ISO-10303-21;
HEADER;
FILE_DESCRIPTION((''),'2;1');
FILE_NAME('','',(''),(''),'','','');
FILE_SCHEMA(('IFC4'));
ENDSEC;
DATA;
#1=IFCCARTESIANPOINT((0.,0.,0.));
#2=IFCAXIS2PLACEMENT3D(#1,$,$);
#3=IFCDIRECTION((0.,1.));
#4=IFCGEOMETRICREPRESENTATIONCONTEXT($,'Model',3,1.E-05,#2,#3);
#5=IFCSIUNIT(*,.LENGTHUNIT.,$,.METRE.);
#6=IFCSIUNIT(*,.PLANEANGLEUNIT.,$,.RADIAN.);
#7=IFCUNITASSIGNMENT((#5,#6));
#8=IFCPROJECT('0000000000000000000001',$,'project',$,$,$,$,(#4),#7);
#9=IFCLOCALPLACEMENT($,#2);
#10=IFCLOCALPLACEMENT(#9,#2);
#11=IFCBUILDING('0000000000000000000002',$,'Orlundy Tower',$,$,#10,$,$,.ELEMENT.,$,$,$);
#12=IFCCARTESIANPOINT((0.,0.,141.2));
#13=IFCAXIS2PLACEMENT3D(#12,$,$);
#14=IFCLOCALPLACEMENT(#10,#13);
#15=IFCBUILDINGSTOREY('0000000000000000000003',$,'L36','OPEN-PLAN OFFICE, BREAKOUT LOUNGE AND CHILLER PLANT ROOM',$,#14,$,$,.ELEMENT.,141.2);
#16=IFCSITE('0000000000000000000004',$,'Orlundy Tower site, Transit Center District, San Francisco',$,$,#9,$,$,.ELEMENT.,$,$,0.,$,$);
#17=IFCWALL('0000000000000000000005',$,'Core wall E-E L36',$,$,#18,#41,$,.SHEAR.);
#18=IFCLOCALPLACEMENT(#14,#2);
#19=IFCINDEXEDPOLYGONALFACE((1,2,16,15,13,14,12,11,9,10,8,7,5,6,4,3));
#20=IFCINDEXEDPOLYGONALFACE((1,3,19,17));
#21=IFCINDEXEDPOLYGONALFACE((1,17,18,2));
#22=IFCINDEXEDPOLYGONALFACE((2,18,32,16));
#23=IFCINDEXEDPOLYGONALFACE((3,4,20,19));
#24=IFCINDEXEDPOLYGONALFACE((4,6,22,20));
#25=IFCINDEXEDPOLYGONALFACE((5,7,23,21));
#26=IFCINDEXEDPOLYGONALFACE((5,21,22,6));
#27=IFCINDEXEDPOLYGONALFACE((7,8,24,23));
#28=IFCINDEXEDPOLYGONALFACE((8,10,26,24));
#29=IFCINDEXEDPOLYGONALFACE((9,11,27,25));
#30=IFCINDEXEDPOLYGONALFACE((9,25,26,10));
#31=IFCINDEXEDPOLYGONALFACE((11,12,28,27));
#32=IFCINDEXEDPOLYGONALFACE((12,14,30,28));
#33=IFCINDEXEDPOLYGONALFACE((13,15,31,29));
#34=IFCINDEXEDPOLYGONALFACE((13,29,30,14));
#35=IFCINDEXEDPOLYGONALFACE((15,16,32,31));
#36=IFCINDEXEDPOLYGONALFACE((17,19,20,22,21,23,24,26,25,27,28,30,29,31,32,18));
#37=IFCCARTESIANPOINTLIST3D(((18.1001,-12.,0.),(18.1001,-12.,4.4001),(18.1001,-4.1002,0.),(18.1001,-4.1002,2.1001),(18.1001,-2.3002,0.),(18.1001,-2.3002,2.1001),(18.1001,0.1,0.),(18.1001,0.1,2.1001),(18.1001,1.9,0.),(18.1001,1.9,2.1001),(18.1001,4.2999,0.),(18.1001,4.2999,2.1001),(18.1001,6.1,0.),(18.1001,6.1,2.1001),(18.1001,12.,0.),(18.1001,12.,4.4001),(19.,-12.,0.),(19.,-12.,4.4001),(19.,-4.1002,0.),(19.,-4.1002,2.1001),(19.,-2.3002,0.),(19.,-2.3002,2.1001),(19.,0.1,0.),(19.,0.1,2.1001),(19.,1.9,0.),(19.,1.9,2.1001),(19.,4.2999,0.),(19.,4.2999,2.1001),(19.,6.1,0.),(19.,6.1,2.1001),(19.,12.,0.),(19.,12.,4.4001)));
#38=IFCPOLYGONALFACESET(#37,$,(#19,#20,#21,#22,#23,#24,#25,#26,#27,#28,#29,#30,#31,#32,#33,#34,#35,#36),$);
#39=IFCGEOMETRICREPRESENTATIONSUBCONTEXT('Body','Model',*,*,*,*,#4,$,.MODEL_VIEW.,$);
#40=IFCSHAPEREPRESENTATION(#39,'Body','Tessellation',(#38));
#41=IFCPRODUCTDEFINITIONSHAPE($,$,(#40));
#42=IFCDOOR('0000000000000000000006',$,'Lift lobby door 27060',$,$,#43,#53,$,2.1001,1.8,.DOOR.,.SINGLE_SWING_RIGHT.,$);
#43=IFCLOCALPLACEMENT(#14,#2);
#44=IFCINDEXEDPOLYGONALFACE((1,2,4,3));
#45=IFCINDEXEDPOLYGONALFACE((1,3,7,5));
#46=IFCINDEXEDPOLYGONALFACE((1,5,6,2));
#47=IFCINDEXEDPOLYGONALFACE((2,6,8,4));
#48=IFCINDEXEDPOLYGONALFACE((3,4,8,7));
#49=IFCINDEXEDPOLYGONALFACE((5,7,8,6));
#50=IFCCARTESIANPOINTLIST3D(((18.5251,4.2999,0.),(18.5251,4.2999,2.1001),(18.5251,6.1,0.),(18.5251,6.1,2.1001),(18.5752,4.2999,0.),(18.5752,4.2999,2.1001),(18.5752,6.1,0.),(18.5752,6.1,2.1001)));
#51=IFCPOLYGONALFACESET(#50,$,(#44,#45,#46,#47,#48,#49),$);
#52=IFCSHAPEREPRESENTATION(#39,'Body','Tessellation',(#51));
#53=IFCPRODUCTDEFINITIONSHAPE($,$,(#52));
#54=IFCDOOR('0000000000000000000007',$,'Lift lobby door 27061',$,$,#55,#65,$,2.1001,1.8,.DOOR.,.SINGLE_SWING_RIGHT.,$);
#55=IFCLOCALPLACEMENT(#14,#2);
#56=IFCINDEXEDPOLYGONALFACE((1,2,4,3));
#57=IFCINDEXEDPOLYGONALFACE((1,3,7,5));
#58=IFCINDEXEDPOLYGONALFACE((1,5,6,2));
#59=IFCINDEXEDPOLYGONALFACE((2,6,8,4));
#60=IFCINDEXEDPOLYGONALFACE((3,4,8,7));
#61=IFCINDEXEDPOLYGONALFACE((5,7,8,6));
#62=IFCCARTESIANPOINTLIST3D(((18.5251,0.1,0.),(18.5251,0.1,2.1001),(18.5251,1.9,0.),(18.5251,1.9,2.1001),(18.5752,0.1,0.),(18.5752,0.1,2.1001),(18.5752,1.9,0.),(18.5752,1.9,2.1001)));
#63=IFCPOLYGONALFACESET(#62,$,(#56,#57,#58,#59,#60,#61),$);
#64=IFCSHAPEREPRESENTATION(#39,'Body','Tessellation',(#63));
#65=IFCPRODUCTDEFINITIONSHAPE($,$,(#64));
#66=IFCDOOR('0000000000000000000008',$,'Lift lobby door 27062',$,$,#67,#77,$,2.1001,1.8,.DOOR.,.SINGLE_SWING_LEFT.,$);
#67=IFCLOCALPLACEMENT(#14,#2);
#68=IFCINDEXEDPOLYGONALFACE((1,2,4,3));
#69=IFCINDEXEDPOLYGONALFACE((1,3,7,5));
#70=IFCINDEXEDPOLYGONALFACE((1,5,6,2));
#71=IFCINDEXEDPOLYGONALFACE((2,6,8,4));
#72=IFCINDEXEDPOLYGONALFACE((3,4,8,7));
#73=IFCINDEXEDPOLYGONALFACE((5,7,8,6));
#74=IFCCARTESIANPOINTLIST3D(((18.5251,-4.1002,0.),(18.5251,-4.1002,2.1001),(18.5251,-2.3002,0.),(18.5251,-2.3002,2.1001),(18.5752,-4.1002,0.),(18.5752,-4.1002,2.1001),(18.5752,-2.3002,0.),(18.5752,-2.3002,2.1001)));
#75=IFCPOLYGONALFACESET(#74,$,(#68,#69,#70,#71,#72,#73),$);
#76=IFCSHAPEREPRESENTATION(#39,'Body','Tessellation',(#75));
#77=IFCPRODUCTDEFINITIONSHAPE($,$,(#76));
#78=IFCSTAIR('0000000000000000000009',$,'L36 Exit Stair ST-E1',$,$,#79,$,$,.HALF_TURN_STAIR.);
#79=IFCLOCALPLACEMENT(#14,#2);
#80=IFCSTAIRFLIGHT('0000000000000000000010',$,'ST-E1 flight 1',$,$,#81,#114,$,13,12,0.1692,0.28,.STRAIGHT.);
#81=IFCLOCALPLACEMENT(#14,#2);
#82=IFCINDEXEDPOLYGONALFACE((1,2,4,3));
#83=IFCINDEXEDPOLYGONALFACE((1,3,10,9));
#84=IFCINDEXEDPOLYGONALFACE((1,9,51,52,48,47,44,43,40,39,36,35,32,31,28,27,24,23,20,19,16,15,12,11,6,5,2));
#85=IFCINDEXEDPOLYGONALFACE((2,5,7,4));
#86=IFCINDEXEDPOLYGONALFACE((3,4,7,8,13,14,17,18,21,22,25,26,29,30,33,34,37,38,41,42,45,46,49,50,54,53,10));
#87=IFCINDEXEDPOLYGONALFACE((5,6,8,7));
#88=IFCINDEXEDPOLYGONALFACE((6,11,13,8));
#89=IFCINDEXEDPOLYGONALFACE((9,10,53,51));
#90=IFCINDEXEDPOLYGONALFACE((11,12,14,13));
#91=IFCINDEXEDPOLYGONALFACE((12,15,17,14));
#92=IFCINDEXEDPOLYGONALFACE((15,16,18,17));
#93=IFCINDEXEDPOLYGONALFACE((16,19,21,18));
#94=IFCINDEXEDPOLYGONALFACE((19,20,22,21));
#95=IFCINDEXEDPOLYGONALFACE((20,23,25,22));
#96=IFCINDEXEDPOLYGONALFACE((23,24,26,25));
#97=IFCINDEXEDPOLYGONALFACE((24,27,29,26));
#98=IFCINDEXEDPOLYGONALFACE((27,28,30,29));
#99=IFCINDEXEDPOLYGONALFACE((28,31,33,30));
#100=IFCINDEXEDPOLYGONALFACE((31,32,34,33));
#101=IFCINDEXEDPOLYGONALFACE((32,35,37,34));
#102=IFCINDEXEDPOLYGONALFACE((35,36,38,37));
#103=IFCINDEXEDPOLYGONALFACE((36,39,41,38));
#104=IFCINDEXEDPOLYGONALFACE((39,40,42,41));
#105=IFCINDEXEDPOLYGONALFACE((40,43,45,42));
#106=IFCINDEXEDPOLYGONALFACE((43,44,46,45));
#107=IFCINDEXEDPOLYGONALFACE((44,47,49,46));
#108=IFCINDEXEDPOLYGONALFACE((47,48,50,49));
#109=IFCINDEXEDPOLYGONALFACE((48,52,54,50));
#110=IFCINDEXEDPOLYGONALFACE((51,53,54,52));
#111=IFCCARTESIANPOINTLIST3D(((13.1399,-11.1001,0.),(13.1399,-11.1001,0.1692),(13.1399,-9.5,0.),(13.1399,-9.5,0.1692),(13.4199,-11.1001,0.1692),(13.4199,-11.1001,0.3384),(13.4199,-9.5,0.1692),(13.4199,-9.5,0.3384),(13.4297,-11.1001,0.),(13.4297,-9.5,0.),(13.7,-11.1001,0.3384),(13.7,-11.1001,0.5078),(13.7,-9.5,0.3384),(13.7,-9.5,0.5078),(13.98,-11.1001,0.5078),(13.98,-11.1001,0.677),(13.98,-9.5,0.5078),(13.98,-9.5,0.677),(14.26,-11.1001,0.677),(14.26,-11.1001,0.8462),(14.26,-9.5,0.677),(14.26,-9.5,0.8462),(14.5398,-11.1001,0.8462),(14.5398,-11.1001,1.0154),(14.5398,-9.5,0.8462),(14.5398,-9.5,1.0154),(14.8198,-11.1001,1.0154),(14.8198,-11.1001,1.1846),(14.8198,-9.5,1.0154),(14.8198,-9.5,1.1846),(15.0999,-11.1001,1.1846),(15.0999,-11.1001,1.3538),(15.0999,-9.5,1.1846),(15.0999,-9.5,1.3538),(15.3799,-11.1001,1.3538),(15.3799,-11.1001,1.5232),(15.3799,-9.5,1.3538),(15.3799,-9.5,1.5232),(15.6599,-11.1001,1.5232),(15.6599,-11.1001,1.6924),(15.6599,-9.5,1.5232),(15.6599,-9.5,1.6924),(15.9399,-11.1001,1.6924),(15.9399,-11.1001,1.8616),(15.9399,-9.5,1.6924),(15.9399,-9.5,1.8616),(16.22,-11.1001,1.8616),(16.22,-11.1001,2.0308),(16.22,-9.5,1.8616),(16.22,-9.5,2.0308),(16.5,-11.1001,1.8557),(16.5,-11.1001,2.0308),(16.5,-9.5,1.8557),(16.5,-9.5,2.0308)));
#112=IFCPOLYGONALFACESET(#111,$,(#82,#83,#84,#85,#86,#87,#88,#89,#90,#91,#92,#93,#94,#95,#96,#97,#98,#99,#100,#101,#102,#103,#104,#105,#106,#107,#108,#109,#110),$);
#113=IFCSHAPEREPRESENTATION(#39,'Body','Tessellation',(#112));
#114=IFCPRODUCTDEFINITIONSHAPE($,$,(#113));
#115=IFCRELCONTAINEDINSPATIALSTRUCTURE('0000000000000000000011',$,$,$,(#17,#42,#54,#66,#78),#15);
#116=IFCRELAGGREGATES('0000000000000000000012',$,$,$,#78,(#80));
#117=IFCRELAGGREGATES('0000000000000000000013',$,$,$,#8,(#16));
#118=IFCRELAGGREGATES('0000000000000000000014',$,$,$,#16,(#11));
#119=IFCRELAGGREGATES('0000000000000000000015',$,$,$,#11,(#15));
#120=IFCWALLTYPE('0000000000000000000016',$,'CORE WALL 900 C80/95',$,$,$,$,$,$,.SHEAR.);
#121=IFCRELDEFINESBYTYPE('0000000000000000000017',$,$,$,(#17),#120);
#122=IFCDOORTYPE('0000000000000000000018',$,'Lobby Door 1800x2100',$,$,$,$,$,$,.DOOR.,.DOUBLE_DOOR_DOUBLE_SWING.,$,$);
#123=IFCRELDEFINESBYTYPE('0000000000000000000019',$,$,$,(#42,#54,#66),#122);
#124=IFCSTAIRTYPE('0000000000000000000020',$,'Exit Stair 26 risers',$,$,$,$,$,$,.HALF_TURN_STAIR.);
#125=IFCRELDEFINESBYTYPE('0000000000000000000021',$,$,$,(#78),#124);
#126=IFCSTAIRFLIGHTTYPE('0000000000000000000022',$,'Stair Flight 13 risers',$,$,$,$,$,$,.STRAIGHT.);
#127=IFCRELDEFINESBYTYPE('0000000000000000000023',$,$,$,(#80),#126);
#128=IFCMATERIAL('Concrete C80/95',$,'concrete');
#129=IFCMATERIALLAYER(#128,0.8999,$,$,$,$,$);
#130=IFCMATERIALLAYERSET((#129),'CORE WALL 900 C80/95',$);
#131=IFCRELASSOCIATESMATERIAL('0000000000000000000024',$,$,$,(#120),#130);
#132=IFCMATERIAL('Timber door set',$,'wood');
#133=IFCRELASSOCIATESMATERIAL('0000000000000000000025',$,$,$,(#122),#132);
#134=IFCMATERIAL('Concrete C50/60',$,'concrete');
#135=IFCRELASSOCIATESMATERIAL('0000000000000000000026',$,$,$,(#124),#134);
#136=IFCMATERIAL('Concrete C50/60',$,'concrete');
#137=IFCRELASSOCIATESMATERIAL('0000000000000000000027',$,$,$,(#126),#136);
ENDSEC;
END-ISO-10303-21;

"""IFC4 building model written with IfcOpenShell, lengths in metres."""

from ifc_helpers import new_model, si_unit, direction, frame, frame_2d, origin, place, context, subcontext, project, spatial, polyline, rectangle, outline, extrude, material, layer, layer_set, type_object, element, fill, aggregate, save


model = new_model("IFC4")

# Units and contexts
model_context = context("Model", 3, precision=1e-05, world=origin(), true_north=direction((0.0, 1.0)))
body_context = subcontext(model_context, "Body", "Model", "MODEL_VIEW")
ifc_project = project(units=[si_unit("LENGTHUNIT", "METRE"), si_unit("PLANEANGLEUNIT", "RADIAN")], contexts=[model_context])

# Site, building, storey
site_placement = place(None, origin())
site = spatial("IfcSite", under=ifc_project, at=site_placement, Name="Orlundy Tower site, Transit Center District, San Francisco", CompositionType="ELEMENT", RefElevation=0.0)
building_placement = place(site_placement, origin())
building = spatial("IfcBuilding", under=site, at=building_placement, Name="Orlundy Tower", CompositionType="ELEMENT")
storey_placement = place(building_placement, frame((0.0, 0.0, 141.2)))
storey = spatial("IfcBuildingStorey", under=building, at=storey_placement, Name="L36", Description="OPEN-PLAN OFFICE, BREAKOUT LOUNGE AND CHILLER PLANT ROOM", CompositionType="ELEMENT", Elevation=141.2)

# Shared definitions
ifc_material_1 = material(Name="Concrete C80/95", Category="concrete")
ifc_layer_1 = layer(ifc_material_1, 0.8999)
ifc_layer_set_1 = layer_set([ifc_layer_1], Name="CORE WALL 900 C80/95")
wall_type = type_object("IfcWallType", Name="CORE WALL 900 C80/95", PredefinedType="SHEAR", material=ifc_layer_set_1)

# Wall, openings, doors
ifc_material_2 = material(Name="Timber door set", Category="wood")
door_type_1 = type_object("IfcDoorType", Name="Lobby Door 1800x2100", OperationType="DOUBLE_DOOR_DOUBLE_SWING", PredefinedType="DOOR", material=ifc_material_2)
wall_1_placement = place(storey_placement, frame((18.55, -12.0, 0.0), z_axis=(0.0, 0.0, 1.0), x_axis=(0.0, 1.0, 0.0)))
wall_1 = element("IfcWall", 1, at=wall_1_placement, inside=storey, type_object=wall_type, Name="Core wall E-E L36", PredefinedType="SHEAR", context=body_context, shape_type="SweptSolid", body=[
    extrude(rectangle(XDim=24.0, YDim=0.8999, at=frame_2d((12.0, 0.0))), origin(), (0.0, 0.0, 1.0), 4.4001),
])
opening_1_placement = place(wall_1_placement, frame((16.3, 0.0, 0.0)))
opening_1 = element("IfcOpeningElement", 2, at=opening_1_placement, cuts=wall_1, PredefinedType="OPENING", context=body_context, shape_type="SweptSolid", body=[
    extrude(rectangle(XDim=1.8, YDim=2.1001, at=frame_2d((0.8999, 1.05))), frame((0.0, 0.46, 0.0), z_axis=(0.0, -1.0, 0.0), x_axis=(1.0, 0.0, 0.0)), (0.0, 0.0, 1.0), 0.9199),
])
opening_2_placement = place(wall_1_placement, frame((12.1001, 0.0, 0.0)))
opening_2 = element("IfcOpeningElement", 3, at=opening_2_placement, cuts=wall_1, PredefinedType="OPENING", context=body_context, shape_type="SweptSolid", body=[
    extrude(rectangle(XDim=1.8, YDim=2.1001, at=frame_2d((0.8999, 1.05))), frame((0.0, 0.46, 0.0), z_axis=(0.0, -1.0, 0.0), x_axis=(1.0, 0.0, 0.0)), (0.0, 0.0, 1.0), 0.9199),
])
opening_3_placement = place(wall_1_placement, frame((7.8999, 0.0, 0.0)))
opening_3 = element("IfcOpeningElement", 4, at=opening_3_placement, cuts=wall_1, PredefinedType="OPENING", context=body_context, shape_type="SweptSolid", body=[
    extrude(rectangle(XDim=1.8, YDim=2.1001, at=frame_2d((0.8999, 1.05))), frame((0.0, 0.46, 0.0), z_axis=(0.0, -1.0, 0.0), x_axis=(1.0, 0.0, 0.0)), (0.0, 0.0, 1.0), 0.9199),
])
door_1_placement = place(opening_1_placement, origin())
door_1 = element("IfcDoor", 5, at=door_1_placement, inside=storey, type_object=door_type_1, Name="Lift lobby door 27060", OperationType="SINGLE_SWING_RIGHT", OverallHeight=2.1001, OverallWidth=1.8, PredefinedType="DOOR", context=body_context, shape_type="SweptSolid", body=[
    extrude(rectangle(XDim=1.8, YDim=2.1001, at=frame_2d((0.8999, 1.05))), frame((0.0, 0.0249, 0.0), z_axis=(0.0, -1.0, 0.0), x_axis=(1.0, 0.0, 0.0)), (0.0, 0.0, 1.0), 0.05),
])
fill(opening_1, door_1)
door_2_placement = place(opening_2_placement, origin())
door_2 = element("IfcDoor", 6, at=door_2_placement, inside=storey, type_object=door_type_1, Name="Lift lobby door 27061", OperationType="SINGLE_SWING_RIGHT", OverallHeight=2.1001, OverallWidth=1.8, PredefinedType="DOOR", context=body_context, shape_type="SweptSolid", body=[
    extrude(rectangle(XDim=1.8, YDim=2.1001, at=frame_2d((0.8999, 1.05))), frame((0.0, 0.0249, 0.0), z_axis=(0.0, -1.0, 0.0), x_axis=(1.0, 0.0, 0.0)), (0.0, 0.0, 1.0), 0.05),
])
fill(opening_2, door_2)
door_3_placement = place(opening_3_placement, origin())
door_3 = element("IfcDoor", 7, at=door_3_placement, inside=storey, type_object=door_type_1, Name="Lift lobby door 27062", OperationType="SINGLE_SWING_LEFT", OverallHeight=2.1001, OverallWidth=1.8, PredefinedType="DOOR", context=body_context, shape_type="SweptSolid", body=[
    extrude(rectangle(XDim=1.8, YDim=2.1001, at=frame_2d((0.8999, 1.05))), frame((0.0, 0.0249, 0.0), z_axis=(0.0, -1.0, 0.0), x_axis=(1.0, 0.0, 0.0)), (0.0, 0.0, 1.0), 0.05),
])
fill(opening_3, door_3)

# Stair, stair flight
ifc_material_3 = material(Name="Concrete C50/60", Category="concrete")
stair_type = type_object("IfcStairType", Name="Exit Stair 26 risers", PredefinedType="HALF_TURN_STAIR", material=ifc_material_3)
stair_placement = place(storey_placement, origin())
stair = element("IfcStair", 8, at=stair_placement, inside=storey, type_object=stair_type, Name="L36 Exit Stair ST-E1", PredefinedType="HALF_TURN_STAIR")
ifc_material_4 = material(Name="Concrete C50/60", Category="concrete")
stair_flight_type = type_object("IfcStairFlightType", Name="Stair Flight 13 risers", PredefinedType="STRAIGHT", material=ifc_material_4)
stair_flight_placement = place(storey_placement, frame((13.1399, -10.3, 0.0), z_axis=(0.0, 0.0, 1.0), x_axis=(1.0, 0.0, 0.0)))
stair_flight = element("IfcStairFlight", 9, at=stair_flight_placement, type_object=stair_flight_type, Name="ST-E1 flight 1", NumberOfRisers=13, NumberOfTreads=12, PredefinedType="STRAIGHT", RiserHeight=0.1692, TreadLength=0.28, context=body_context, shape_type="SweptSolid", body=[
    extrude(outline(polyline([(0.0, 0.0), (0.0, 0.1692), (0.28, 0.1692), (0.28, 0.3384), (0.5601, 0.3384), (0.5601, 0.5078), (0.8401, 0.5078), (0.8401, 0.677), (1.1201, 0.677), (1.1201, 0.8462), (1.3999, 0.8462), (1.3999, 1.0154), (1.6799, 1.0154), (1.6799, 1.1846), (1.96, 1.1846), (1.96, 1.3538), (2.24, 1.3538), (2.24, 1.5232), (2.52, 1.5232), (2.52, 1.6924), (2.8, 1.6924), (2.8, 1.8616), (3.0801, 1.8616), (3.0801, 2.0308), (3.3601, 2.0308), (3.3601, 2.2), (3.3601, 1.8557), (0.2898, 0.0), (0.0, 0.0)])), frame((0.0, 0.8, 0.0), z_axis=(0.0, -1.0, 0.0), x_axis=(1.0, 0.0, 0.0)), (0.0, 0.0, 1.0), 1.6001),
])
aggregate(stair, [stair_flight])

save(model, "model.ifc")
